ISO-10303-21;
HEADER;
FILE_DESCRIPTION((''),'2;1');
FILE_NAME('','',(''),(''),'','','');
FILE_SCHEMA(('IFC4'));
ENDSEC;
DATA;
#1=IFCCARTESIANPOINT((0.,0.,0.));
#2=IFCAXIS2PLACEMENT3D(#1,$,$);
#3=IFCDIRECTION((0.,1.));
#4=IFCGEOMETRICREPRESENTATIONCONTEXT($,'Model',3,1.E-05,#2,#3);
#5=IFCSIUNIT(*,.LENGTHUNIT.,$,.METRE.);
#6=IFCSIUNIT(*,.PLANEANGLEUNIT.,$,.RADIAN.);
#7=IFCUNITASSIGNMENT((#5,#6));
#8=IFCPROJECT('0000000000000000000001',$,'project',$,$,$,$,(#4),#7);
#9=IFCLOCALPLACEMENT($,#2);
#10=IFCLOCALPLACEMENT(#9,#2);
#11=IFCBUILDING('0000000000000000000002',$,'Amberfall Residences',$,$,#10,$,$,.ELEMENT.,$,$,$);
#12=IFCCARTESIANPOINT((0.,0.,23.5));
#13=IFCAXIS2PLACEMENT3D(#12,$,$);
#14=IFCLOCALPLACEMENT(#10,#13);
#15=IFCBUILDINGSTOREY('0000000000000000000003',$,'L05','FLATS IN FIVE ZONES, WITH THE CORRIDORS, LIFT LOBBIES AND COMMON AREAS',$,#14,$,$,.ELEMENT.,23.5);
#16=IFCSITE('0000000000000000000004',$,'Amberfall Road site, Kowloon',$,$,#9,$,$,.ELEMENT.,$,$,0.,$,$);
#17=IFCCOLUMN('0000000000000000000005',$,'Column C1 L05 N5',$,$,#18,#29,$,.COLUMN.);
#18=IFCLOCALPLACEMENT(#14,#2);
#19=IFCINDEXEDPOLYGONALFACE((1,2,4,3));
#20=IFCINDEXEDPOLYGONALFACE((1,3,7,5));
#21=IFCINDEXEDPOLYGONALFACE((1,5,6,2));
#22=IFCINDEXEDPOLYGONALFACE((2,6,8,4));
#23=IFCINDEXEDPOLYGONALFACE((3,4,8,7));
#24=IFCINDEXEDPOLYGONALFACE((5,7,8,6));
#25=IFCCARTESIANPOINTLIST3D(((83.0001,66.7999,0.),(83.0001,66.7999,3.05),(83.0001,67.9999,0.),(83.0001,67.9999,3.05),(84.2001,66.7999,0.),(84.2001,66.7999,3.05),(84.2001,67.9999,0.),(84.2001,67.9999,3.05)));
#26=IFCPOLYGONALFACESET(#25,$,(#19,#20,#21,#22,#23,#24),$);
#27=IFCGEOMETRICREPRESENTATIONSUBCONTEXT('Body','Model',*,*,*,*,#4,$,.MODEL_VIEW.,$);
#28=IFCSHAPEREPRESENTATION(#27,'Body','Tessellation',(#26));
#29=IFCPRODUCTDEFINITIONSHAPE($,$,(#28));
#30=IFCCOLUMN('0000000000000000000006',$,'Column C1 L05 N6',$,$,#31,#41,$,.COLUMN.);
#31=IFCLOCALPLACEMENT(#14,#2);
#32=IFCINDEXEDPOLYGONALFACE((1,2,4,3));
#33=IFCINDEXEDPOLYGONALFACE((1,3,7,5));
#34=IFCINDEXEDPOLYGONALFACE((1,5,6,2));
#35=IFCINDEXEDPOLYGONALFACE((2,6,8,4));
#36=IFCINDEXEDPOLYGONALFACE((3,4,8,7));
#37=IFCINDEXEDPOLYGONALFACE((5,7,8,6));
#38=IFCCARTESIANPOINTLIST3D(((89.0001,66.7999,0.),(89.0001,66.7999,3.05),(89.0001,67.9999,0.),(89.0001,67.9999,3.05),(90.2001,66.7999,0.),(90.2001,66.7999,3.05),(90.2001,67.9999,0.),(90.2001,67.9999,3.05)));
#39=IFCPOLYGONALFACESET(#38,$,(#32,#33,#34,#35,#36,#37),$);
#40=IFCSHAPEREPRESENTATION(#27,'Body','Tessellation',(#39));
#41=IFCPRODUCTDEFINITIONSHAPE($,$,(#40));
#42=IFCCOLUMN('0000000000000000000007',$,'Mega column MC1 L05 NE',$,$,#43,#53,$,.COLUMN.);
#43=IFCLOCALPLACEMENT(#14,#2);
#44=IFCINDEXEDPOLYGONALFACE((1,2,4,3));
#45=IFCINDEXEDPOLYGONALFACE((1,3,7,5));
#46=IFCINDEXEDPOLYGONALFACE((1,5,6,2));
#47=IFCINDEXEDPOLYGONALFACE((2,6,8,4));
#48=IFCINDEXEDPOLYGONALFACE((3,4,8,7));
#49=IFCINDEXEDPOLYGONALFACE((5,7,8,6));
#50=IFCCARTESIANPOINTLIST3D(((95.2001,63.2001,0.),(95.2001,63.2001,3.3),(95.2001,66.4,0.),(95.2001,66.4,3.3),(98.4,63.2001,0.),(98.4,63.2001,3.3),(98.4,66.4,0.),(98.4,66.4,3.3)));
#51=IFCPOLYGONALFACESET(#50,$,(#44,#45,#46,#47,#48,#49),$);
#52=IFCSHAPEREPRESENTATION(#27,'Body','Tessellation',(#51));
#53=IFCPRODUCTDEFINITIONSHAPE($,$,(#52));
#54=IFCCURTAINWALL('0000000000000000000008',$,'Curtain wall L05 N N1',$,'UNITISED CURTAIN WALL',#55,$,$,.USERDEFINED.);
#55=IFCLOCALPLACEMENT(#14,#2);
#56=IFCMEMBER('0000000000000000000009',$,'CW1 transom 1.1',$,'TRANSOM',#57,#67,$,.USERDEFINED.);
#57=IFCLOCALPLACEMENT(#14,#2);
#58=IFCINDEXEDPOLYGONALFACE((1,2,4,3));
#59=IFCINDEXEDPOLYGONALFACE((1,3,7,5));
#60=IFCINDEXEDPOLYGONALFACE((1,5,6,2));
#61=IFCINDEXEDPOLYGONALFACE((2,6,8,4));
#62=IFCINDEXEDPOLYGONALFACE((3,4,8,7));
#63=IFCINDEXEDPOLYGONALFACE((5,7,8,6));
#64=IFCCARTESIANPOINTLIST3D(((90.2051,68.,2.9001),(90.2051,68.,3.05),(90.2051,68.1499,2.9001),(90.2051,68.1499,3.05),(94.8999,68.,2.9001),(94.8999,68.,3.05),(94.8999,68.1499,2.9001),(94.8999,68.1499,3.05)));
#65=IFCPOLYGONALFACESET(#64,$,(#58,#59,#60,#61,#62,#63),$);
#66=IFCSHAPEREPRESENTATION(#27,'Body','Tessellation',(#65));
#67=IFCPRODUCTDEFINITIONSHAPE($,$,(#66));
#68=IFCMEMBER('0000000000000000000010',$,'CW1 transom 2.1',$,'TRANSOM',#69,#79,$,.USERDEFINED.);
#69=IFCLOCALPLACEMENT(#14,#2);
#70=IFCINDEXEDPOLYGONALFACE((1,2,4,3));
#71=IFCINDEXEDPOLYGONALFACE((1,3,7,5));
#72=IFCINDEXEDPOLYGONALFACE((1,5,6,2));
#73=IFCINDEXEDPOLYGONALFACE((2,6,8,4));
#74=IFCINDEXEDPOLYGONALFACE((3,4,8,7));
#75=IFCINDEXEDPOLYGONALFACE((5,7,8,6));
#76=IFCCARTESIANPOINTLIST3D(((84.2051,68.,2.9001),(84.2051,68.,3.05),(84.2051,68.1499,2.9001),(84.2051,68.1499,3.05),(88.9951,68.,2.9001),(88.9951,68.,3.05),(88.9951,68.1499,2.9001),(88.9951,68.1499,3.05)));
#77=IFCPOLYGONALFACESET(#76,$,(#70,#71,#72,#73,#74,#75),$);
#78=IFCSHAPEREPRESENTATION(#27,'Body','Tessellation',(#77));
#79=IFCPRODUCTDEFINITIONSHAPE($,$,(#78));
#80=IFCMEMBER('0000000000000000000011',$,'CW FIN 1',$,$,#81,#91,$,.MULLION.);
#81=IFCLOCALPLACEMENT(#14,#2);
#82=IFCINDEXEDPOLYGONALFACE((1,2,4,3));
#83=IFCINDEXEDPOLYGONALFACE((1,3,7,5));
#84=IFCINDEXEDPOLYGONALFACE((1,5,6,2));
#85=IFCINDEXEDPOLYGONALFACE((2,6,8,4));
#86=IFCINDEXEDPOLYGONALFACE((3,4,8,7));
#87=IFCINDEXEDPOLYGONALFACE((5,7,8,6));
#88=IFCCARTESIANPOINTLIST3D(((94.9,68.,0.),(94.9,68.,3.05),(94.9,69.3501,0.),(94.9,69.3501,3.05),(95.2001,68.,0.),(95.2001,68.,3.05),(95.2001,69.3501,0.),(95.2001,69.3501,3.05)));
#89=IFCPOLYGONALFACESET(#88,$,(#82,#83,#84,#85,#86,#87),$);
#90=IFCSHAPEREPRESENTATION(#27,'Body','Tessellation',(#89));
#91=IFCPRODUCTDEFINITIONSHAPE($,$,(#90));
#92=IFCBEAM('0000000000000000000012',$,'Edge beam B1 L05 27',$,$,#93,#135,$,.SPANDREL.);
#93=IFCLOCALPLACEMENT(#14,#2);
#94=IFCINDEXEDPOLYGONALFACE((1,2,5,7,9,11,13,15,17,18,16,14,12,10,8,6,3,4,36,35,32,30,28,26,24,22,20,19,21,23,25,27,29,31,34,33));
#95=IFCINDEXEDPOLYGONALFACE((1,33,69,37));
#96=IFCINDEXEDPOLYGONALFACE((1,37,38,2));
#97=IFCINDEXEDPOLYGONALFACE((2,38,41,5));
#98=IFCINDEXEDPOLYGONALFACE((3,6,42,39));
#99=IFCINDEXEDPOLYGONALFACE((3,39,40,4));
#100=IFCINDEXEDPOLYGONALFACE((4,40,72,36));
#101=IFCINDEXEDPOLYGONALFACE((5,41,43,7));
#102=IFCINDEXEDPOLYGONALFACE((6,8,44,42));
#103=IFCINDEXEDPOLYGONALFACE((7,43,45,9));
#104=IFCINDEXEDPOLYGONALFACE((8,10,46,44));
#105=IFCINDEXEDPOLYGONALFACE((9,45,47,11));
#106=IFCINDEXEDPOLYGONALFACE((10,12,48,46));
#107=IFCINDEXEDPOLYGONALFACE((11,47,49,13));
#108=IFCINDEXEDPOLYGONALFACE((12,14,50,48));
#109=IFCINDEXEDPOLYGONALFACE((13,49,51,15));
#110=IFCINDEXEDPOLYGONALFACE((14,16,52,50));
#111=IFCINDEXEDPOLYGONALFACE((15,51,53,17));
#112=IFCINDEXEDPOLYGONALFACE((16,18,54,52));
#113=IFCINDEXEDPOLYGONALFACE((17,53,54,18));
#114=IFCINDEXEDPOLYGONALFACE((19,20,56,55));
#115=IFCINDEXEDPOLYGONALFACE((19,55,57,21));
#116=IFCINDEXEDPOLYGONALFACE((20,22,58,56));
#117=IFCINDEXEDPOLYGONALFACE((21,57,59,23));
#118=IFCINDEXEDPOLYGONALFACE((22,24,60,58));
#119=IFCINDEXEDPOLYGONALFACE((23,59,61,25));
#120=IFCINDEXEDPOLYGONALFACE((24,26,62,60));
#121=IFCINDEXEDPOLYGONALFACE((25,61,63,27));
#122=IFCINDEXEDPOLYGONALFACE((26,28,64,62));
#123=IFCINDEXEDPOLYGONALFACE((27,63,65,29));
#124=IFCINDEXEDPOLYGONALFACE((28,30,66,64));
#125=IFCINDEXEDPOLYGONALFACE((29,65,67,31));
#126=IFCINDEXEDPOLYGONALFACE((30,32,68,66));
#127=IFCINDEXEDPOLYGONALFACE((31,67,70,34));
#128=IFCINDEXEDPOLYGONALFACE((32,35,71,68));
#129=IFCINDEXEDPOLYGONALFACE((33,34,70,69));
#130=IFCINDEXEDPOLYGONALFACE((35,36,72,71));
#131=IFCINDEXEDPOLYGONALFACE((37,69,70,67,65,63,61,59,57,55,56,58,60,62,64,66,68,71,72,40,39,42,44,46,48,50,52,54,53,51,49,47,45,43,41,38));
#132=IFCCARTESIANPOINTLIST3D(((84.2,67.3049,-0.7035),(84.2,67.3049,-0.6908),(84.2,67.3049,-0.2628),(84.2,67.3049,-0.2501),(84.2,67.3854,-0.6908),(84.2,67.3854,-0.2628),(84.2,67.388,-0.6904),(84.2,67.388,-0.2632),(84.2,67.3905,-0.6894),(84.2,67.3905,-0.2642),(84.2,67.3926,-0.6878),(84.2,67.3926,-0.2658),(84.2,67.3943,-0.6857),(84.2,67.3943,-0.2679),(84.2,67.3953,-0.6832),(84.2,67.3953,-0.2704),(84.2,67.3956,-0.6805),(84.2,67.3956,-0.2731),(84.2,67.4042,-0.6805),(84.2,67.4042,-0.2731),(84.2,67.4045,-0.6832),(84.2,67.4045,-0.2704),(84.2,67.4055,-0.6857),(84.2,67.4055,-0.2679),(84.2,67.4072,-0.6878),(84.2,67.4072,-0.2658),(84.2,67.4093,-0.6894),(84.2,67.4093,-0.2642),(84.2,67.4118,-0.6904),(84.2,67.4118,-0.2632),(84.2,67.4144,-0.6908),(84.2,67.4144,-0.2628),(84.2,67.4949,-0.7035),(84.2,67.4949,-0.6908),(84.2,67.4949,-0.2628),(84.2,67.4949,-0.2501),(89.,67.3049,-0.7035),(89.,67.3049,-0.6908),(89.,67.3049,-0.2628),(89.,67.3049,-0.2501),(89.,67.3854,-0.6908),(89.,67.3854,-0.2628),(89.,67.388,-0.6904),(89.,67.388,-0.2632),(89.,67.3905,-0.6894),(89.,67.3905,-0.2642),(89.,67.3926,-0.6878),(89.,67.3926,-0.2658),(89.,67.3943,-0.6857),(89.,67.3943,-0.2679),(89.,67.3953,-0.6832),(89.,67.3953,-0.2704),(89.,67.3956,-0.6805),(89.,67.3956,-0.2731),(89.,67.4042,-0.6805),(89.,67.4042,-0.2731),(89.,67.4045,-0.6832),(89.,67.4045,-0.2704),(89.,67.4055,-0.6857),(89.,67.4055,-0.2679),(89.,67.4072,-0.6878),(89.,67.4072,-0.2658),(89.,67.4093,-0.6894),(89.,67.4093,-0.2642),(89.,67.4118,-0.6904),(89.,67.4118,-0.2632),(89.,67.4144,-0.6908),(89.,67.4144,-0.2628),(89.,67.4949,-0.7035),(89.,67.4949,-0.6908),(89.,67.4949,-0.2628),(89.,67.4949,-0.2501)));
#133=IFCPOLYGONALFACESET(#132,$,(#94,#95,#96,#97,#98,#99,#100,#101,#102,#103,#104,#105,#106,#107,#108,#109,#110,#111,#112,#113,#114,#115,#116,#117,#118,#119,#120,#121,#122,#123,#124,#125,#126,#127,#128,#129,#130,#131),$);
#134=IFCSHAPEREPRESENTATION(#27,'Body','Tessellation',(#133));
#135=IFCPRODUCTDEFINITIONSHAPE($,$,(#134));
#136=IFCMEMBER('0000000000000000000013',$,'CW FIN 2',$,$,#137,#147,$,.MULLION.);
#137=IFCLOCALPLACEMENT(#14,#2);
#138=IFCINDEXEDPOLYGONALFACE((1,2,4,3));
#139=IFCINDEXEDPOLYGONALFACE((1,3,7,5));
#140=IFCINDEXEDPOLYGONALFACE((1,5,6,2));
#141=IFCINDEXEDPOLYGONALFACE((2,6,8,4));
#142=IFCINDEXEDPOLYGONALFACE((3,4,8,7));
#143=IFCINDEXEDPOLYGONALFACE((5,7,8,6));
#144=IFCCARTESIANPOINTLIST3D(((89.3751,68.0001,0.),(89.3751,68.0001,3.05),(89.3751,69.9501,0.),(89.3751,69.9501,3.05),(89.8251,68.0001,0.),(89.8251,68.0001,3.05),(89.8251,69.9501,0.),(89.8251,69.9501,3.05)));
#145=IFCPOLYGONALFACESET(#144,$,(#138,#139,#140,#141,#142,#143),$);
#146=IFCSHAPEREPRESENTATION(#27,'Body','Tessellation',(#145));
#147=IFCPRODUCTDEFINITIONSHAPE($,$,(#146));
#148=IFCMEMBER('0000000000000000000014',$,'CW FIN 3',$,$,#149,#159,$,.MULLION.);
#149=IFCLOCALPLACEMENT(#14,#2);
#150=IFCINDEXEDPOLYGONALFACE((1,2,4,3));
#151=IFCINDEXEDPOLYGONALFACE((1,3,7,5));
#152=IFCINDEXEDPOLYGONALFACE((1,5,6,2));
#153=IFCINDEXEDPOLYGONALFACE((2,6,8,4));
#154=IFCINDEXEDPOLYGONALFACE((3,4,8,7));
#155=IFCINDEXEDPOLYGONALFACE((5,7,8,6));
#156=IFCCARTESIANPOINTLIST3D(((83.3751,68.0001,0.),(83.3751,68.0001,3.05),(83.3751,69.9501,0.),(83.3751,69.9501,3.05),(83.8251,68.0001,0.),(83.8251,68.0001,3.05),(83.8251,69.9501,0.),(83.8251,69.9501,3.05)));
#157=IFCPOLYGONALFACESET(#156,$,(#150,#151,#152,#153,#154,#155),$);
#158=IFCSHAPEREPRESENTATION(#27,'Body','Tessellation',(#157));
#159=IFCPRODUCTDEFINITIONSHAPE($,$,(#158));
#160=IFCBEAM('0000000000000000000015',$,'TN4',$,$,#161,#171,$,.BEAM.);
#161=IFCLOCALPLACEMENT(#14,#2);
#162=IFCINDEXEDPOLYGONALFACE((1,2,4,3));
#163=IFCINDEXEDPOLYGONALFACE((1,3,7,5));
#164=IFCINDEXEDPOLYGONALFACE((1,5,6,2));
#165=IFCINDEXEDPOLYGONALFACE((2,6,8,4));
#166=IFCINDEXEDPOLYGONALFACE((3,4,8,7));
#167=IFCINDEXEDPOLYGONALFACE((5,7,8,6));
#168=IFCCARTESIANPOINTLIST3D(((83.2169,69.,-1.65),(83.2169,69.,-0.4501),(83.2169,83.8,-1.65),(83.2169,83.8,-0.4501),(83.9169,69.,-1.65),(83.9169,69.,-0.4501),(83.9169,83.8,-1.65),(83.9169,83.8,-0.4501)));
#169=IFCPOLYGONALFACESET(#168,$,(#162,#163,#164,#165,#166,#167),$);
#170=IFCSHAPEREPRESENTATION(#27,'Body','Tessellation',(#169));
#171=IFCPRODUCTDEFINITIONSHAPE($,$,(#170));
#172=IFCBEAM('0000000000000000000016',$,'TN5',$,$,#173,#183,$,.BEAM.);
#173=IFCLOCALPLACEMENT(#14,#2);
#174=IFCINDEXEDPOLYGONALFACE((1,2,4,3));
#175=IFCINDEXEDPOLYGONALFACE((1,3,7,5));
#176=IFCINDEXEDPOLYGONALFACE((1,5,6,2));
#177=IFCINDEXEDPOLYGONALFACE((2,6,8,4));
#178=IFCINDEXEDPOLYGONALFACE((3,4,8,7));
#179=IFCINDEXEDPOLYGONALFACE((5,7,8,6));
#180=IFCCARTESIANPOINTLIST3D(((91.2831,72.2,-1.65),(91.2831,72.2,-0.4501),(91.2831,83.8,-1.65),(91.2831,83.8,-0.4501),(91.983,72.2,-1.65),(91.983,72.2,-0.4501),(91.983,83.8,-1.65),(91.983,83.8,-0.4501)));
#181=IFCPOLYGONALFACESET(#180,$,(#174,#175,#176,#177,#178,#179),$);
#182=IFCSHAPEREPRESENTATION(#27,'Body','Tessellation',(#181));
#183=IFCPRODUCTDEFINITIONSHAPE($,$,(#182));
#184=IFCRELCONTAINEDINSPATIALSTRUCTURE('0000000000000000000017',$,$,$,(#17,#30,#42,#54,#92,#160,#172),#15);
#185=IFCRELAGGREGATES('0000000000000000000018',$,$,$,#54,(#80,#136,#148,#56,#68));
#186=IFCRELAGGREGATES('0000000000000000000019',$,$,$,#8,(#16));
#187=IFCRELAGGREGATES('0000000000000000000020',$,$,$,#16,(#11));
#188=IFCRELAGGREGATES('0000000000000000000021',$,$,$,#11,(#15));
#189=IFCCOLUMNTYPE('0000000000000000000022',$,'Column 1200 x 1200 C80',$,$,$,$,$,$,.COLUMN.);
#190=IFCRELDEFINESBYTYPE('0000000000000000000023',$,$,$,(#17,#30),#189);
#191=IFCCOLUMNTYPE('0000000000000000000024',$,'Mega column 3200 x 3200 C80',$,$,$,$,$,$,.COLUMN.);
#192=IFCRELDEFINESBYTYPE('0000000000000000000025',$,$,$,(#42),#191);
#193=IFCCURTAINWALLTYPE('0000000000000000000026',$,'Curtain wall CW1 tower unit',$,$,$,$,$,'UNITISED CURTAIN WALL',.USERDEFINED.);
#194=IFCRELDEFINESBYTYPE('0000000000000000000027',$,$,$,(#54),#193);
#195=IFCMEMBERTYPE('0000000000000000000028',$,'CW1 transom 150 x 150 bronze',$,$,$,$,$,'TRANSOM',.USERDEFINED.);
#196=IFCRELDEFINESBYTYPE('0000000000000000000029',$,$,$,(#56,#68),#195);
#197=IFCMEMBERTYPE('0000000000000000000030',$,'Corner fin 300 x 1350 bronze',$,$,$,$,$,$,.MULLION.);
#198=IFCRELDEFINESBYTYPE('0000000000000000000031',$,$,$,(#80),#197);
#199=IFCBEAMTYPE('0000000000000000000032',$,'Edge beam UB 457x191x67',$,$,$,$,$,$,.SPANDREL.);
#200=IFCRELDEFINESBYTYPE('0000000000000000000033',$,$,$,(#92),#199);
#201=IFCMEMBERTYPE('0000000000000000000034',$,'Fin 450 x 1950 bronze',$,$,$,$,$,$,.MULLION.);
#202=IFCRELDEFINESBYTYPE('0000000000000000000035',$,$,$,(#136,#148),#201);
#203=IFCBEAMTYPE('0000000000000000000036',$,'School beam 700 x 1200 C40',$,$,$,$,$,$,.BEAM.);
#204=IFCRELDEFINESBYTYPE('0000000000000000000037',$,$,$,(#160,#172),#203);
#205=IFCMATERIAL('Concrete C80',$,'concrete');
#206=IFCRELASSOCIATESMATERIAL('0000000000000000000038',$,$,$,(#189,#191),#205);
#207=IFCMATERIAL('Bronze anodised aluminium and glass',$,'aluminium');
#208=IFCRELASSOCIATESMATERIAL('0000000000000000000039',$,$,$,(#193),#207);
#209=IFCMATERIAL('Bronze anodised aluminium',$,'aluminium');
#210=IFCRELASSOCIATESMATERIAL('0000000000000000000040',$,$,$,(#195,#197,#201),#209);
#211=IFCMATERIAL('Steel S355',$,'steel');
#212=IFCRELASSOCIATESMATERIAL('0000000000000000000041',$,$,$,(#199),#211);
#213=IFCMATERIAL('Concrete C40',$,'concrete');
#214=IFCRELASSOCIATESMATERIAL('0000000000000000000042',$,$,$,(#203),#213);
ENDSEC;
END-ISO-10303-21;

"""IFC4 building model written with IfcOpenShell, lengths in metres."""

from ifc_helpers import new_model, si_unit, direction, frame, origin, origin_2d, place, context, subcontext, project, spatial, rectangle, i_section, extrude, material, material_profile, profile_set, type_object, element, aggregate, save


model = new_model("IFC4")

# Units and contexts
model_context = context("Model", 3, precision=1e-05, world=origin(), true_north=direction((0.0, 1.0)))
body_context = subcontext(model_context, "Body", "Model", "MODEL_VIEW")
ifc_project = project(units=[si_unit("LENGTHUNIT", "METRE"), si_unit("PLANEANGLEUNIT", "RADIAN")], contexts=[model_context])

# Site, building, storey
site_placement = place(None, origin())
site = spatial("IfcSite", under=ifc_project, at=site_placement, Name="Amberfall Road site, Kowloon", CompositionType="ELEMENT", RefElevation=0.0)
building_placement = place(site_placement, origin())
building = spatial("IfcBuilding", under=site, at=building_placement, Name="Amberfall Residences", CompositionType="ELEMENT")
storey_placement = place(building_placement, frame((0.0, 0.0, 23.5)))
storey = spatial("IfcBuildingStorey", under=building, at=storey_placement, Name="L05", Description="FLATS IN FIVE ZONES, WITH THE CORRIDORS, LIFT LOBBIES AND COMMON AREAS", CompositionType="ELEMENT", Elevation=23.5)

# Columns
ifc_material_1 = material(Name="Concrete C80", Category="concrete")
ifc_material_profile_1 = material_profile(ifc_material_1, rectangle(XDim=1.2, YDim=1.2, at=origin_2d()), Name="Column 1200 x 1200 C80")
ifc_profile_set_1 = profile_set([ifc_material_profile_1], Name="Concrete C80")
column_type_1 = type_object("IfcColumnType", Name="Column 1200 x 1200 C80", PredefinedType="COLUMN", material=ifc_profile_set_1)
for number, where, z_axis, x_axis, name in (
    (1, (83.6001, 67.3999, 0.0), (0.0, 0.0, 1.0), (1.0, 0.0, 0.0), "Column C1 L05 N5"),
    (2, (89.6001, 67.3999, 0.0), (0.0, 0.0, 1.0), (1.0, 0.0, 0.0), "Column C1 L05 N6"),
):
    element("IfcColumn", number, at=place(storey_placement, frame(where, z_axis=z_axis, x_axis=x_axis)), inside=storey, type_object=column_type_1, Name=name, PredefinedType="COLUMN", context=body_context, shape_type="SweptSolid", body=[
        extrude(rectangle(XDim=1.2, YDim=1.2, at=origin_2d()), origin(), (0.0, 0.0, 1.0), 3.05),
    ])
ifc_material_profile_2 = material_profile(ifc_material_1, rectangle(XDim=3.2, YDim=3.2, at=origin_2d()), Name="Mega column 3200 x 3200 C80")
ifc_profile_set_2 = profile_set([ifc_material_profile_2], Name="Concrete C80")
column_type_2 = type_object("IfcColumnType", Name="Mega column 3200 x 3200 C80", PredefinedType="COLUMN", material=ifc_profile_set_2)
column_placement = place(storey_placement, frame((96.8, 64.8, 0.0), z_axis=(0.0, 0.0, 1.0), x_axis=(1.0, 0.0, 0.0)))
element("IfcColumn", 3, at=column_placement, inside=storey, type_object=column_type_2, Name="Mega column MC1 L05 NE", PredefinedType="COLUMN", context=body_context, shape_type="SweptSolid", body=[
    extrude(rectangle(XDim=3.2, YDim=3.2, at=origin_2d()), origin(), (0.0, 0.0, 1.0), 3.3),
])

# Curtain wall, members
ifc_material_2 = material(Name="Bronze anodised aluminium and glass", Category="aluminium")
curtain_wall_type = type_object("IfcCurtainWallType", Name="Curtain wall CW1 tower unit", ElementType="UNITISED CURTAIN WALL", PredefinedType="USERDEFINED", material=ifc_material_2)
curtain_wall_placement = place(storey_placement, origin())
curtain_wall = element("IfcCurtainWall", 4, at=curtain_wall_placement, inside=storey, type_object=curtain_wall_type, Name="Curtain wall L05 N N1", ObjectType="UNITISED CURTAIN WALL", PredefinedType="USERDEFINED")
ifc_material_3 = material(Name="Bronze anodised aluminium", Category="aluminium")
ifc_material_profile_3 = material_profile(ifc_material_3, rectangle(XDim=0.1499, YDim=0.1499, at=origin_2d()), Name="CW1 transom 150 x 150 bronze")
ifc_profile_set_3 = profile_set([ifc_material_profile_3], Name="Bronze anodised aluminium")
member_type_1 = type_object("IfcMemberType", Name="CW1 transom 150 x 150 bronze", ElementType="TRANSOM", PredefinedType="USERDEFINED", material=ifc_profile_set_3)
member_1_placement = place(storey_placement, frame((94.8999, 68.075, 2.9751), z_axis=(-1.0, 0.0, 0.0), x_axis=(0.0, -1.0, 0.0)))
member_1 = element("IfcMember", 5, at=member_1_placement, type_object=member_type_1, Name="CW1 transom 1.1", ObjectType="TRANSOM", PredefinedType="USERDEFINED", context=body_context, shape_type="SweptSolid", body=[
    extrude(rectangle(XDim=0.1499, YDim=0.1499, at=origin_2d()), origin(), (0.0, 0.0, 1.0), 4.6948),
])
member_2_placement = place(storey_placement, frame((88.9951, 68.075, 2.9751), z_axis=(-1.0, 0.0, 0.0), x_axis=(0.0, -1.0, 0.0)))
member_2 = element("IfcMember", 6, at=member_2_placement, type_object=member_type_1, Name="CW1 transom 2.1", ObjectType="TRANSOM", PredefinedType="USERDEFINED", context=body_context, shape_type="SweptSolid", body=[
    extrude(rectangle(XDim=0.1499, YDim=0.1499, at=origin_2d()), origin(), (0.0, 0.0, 1.0), 4.79),
])
ifc_material_profile_4 = material_profile(ifc_material_3, rectangle(XDim=1.3501, YDim=0.3, at=origin_2d()), Name="Corner fin 300 x 1350 bronze")
ifc_profile_set_4 = profile_set([ifc_material_profile_4], Name="Bronze anodised aluminium")
member_type_2 = type_object("IfcMemberType", Name="Corner fin 300 x 1350 bronze", PredefinedType="MULLION", material=ifc_profile_set_4)
member_3_placement = place(storey_placement, frame((95.05, 68.675, 0.0), z_axis=(0.0, 0.0, 1.0), x_axis=(0.0, -1.0, 0.0)))
member_3 = element("IfcMember", 7, at=member_3_placement, type_object=member_type_2, Name="CW FIN 1", PredefinedType="MULLION", context=body_context, shape_type="SweptSolid", body=[
    extrude(rectangle(XDim=1.3501, YDim=0.3, at=origin_2d()), origin(), (0.0, 0.0, 1.0), 3.05),
])

# Beam
ifc_material_4 = material(Name="Steel S355", Category="steel")
ifc_material_profile_5 = material_profile(ifc_material_4, i_section(OverallWidth=0.1899, OverallDepth=0.4534, WebThickness=0.0085, FlangeThickness=0.0127, FilletRadius=0.0103, at=origin_2d()), Name="UB 457x191x67")
ifc_profile_set_5 = profile_set([ifc_material_profile_5], Name="Steel S355")
beam_type_1 = type_object("IfcBeamType", Name="Edge beam UB 457x191x67", PredefinedType="SPANDREL", material=ifc_profile_set_5)
beam_1_placement = place(storey_placement, frame((84.2, 67.3999, -0.4768), z_axis=(1.0, 0.0, 0.0), x_axis=(0.0, 1.0, 0.0)))
element("IfcBeam", 8, at=beam_1_placement, inside=storey, type_object=beam_type_1, Name="Edge beam B1 L05 27", PredefinedType="SPANDREL", context=body_context, shape_type="SweptSolid", body=[
    extrude(i_section(OverallWidth=0.1899, OverallDepth=0.4534, WebThickness=0.0085, FlangeThickness=0.0127, FilletRadius=0.0103, at=origin_2d()), origin(), (0.0, 0.0, 1.0), 4.8),
])

# Members
ifc_material_profile_6 = material_profile(ifc_material_3, rectangle(XDim=1.95, YDim=0.45, at=origin_2d()), Name="Fin 450 x 1950 bronze")
ifc_profile_set_6 = profile_set([ifc_material_profile_6], Name="Bronze anodised aluminium")
member_type_3 = type_object("IfcMemberType", Name="Fin 450 x 1950 bronze", PredefinedType="MULLION", material=ifc_profile_set_6)
member_4_placement = place(storey_placement, frame((89.6001, 68.9751, 0.0), z_axis=(0.0, 0.0, 1.0), x_axis=(0.0, -1.0, 0.0)))
member_4 = element("IfcMember", 9, at=member_4_placement, type_object=member_type_3, Name="CW FIN 2", PredefinedType="MULLION", context=body_context, shape_type="SweptSolid", body=[
    extrude(rectangle(XDim=1.95, YDim=0.45, at=origin_2d()), origin(), (0.0, 0.0, 1.0), 3.05),
])
member_5_placement = place(storey_placement, frame((83.6001, 68.9751, 0.0), z_axis=(0.0, 0.0, 1.0), x_axis=(0.0, -1.0, 0.0)))
member_5 = element("IfcMember", 10, at=member_5_placement, type_object=member_type_3, Name="CW FIN 3", PredefinedType="MULLION", context=body_context, shape_type="SweptSolid", body=[
    extrude(rectangle(XDim=1.95, YDim=0.45, at=origin_2d()), origin(), (0.0, 0.0, 1.0), 3.05),
])

# Beams
ifc_material_5 = material(Name="Concrete C40", Category="concrete")
ifc_material_profile_7 = material_profile(ifc_material_5, rectangle(XDim=0.7, YDim=1.2, at=origin_2d()), Name="School beam 700 x 1200 C40")
ifc_profile_set_7 = profile_set([ifc_material_profile_7], Name="Concrete C40")
beam_type_2 = type_object("IfcBeamType", Name="School beam 700 x 1200 C40", PredefinedType="BEAM", material=ifc_profile_set_7)
beam_2_placement = place(storey_placement, frame((83.5669, 69.0, -1.05), z_axis=(0.0, 1.0, 0.0), x_axis=(-1.0, 0.0, 0.0)))
element("IfcBeam", 11, at=beam_2_placement, inside=storey, type_object=beam_type_2, Name="TN4", PredefinedType="BEAM", context=body_context, shape_type="SweptSolid", body=[
    extrude(rectangle(XDim=0.7, YDim=1.2, at=origin_2d()), origin(), (0.0, 0.0, 1.0), 14.8),
])
beam_3_placement = place(storey_placement, frame((91.6331, 72.2, -1.05), z_axis=(0.0, 1.0, 0.0), x_axis=(-1.0, 0.0, 0.0)))
element("IfcBeam", 12, at=beam_3_placement, inside=storey, type_object=beam_type_2, Name="TN5", PredefinedType="BEAM", context=body_context, shape_type="SweptSolid", body=[
    extrude(rectangle(XDim=0.7, YDim=1.2, at=origin_2d()), origin(), (0.0, 0.0, 1.0), 11.6001),
])

aggregate(curtain_wall, [member_3, member_4, member_5, member_1, member_2])

save(model, "model.ifc")
